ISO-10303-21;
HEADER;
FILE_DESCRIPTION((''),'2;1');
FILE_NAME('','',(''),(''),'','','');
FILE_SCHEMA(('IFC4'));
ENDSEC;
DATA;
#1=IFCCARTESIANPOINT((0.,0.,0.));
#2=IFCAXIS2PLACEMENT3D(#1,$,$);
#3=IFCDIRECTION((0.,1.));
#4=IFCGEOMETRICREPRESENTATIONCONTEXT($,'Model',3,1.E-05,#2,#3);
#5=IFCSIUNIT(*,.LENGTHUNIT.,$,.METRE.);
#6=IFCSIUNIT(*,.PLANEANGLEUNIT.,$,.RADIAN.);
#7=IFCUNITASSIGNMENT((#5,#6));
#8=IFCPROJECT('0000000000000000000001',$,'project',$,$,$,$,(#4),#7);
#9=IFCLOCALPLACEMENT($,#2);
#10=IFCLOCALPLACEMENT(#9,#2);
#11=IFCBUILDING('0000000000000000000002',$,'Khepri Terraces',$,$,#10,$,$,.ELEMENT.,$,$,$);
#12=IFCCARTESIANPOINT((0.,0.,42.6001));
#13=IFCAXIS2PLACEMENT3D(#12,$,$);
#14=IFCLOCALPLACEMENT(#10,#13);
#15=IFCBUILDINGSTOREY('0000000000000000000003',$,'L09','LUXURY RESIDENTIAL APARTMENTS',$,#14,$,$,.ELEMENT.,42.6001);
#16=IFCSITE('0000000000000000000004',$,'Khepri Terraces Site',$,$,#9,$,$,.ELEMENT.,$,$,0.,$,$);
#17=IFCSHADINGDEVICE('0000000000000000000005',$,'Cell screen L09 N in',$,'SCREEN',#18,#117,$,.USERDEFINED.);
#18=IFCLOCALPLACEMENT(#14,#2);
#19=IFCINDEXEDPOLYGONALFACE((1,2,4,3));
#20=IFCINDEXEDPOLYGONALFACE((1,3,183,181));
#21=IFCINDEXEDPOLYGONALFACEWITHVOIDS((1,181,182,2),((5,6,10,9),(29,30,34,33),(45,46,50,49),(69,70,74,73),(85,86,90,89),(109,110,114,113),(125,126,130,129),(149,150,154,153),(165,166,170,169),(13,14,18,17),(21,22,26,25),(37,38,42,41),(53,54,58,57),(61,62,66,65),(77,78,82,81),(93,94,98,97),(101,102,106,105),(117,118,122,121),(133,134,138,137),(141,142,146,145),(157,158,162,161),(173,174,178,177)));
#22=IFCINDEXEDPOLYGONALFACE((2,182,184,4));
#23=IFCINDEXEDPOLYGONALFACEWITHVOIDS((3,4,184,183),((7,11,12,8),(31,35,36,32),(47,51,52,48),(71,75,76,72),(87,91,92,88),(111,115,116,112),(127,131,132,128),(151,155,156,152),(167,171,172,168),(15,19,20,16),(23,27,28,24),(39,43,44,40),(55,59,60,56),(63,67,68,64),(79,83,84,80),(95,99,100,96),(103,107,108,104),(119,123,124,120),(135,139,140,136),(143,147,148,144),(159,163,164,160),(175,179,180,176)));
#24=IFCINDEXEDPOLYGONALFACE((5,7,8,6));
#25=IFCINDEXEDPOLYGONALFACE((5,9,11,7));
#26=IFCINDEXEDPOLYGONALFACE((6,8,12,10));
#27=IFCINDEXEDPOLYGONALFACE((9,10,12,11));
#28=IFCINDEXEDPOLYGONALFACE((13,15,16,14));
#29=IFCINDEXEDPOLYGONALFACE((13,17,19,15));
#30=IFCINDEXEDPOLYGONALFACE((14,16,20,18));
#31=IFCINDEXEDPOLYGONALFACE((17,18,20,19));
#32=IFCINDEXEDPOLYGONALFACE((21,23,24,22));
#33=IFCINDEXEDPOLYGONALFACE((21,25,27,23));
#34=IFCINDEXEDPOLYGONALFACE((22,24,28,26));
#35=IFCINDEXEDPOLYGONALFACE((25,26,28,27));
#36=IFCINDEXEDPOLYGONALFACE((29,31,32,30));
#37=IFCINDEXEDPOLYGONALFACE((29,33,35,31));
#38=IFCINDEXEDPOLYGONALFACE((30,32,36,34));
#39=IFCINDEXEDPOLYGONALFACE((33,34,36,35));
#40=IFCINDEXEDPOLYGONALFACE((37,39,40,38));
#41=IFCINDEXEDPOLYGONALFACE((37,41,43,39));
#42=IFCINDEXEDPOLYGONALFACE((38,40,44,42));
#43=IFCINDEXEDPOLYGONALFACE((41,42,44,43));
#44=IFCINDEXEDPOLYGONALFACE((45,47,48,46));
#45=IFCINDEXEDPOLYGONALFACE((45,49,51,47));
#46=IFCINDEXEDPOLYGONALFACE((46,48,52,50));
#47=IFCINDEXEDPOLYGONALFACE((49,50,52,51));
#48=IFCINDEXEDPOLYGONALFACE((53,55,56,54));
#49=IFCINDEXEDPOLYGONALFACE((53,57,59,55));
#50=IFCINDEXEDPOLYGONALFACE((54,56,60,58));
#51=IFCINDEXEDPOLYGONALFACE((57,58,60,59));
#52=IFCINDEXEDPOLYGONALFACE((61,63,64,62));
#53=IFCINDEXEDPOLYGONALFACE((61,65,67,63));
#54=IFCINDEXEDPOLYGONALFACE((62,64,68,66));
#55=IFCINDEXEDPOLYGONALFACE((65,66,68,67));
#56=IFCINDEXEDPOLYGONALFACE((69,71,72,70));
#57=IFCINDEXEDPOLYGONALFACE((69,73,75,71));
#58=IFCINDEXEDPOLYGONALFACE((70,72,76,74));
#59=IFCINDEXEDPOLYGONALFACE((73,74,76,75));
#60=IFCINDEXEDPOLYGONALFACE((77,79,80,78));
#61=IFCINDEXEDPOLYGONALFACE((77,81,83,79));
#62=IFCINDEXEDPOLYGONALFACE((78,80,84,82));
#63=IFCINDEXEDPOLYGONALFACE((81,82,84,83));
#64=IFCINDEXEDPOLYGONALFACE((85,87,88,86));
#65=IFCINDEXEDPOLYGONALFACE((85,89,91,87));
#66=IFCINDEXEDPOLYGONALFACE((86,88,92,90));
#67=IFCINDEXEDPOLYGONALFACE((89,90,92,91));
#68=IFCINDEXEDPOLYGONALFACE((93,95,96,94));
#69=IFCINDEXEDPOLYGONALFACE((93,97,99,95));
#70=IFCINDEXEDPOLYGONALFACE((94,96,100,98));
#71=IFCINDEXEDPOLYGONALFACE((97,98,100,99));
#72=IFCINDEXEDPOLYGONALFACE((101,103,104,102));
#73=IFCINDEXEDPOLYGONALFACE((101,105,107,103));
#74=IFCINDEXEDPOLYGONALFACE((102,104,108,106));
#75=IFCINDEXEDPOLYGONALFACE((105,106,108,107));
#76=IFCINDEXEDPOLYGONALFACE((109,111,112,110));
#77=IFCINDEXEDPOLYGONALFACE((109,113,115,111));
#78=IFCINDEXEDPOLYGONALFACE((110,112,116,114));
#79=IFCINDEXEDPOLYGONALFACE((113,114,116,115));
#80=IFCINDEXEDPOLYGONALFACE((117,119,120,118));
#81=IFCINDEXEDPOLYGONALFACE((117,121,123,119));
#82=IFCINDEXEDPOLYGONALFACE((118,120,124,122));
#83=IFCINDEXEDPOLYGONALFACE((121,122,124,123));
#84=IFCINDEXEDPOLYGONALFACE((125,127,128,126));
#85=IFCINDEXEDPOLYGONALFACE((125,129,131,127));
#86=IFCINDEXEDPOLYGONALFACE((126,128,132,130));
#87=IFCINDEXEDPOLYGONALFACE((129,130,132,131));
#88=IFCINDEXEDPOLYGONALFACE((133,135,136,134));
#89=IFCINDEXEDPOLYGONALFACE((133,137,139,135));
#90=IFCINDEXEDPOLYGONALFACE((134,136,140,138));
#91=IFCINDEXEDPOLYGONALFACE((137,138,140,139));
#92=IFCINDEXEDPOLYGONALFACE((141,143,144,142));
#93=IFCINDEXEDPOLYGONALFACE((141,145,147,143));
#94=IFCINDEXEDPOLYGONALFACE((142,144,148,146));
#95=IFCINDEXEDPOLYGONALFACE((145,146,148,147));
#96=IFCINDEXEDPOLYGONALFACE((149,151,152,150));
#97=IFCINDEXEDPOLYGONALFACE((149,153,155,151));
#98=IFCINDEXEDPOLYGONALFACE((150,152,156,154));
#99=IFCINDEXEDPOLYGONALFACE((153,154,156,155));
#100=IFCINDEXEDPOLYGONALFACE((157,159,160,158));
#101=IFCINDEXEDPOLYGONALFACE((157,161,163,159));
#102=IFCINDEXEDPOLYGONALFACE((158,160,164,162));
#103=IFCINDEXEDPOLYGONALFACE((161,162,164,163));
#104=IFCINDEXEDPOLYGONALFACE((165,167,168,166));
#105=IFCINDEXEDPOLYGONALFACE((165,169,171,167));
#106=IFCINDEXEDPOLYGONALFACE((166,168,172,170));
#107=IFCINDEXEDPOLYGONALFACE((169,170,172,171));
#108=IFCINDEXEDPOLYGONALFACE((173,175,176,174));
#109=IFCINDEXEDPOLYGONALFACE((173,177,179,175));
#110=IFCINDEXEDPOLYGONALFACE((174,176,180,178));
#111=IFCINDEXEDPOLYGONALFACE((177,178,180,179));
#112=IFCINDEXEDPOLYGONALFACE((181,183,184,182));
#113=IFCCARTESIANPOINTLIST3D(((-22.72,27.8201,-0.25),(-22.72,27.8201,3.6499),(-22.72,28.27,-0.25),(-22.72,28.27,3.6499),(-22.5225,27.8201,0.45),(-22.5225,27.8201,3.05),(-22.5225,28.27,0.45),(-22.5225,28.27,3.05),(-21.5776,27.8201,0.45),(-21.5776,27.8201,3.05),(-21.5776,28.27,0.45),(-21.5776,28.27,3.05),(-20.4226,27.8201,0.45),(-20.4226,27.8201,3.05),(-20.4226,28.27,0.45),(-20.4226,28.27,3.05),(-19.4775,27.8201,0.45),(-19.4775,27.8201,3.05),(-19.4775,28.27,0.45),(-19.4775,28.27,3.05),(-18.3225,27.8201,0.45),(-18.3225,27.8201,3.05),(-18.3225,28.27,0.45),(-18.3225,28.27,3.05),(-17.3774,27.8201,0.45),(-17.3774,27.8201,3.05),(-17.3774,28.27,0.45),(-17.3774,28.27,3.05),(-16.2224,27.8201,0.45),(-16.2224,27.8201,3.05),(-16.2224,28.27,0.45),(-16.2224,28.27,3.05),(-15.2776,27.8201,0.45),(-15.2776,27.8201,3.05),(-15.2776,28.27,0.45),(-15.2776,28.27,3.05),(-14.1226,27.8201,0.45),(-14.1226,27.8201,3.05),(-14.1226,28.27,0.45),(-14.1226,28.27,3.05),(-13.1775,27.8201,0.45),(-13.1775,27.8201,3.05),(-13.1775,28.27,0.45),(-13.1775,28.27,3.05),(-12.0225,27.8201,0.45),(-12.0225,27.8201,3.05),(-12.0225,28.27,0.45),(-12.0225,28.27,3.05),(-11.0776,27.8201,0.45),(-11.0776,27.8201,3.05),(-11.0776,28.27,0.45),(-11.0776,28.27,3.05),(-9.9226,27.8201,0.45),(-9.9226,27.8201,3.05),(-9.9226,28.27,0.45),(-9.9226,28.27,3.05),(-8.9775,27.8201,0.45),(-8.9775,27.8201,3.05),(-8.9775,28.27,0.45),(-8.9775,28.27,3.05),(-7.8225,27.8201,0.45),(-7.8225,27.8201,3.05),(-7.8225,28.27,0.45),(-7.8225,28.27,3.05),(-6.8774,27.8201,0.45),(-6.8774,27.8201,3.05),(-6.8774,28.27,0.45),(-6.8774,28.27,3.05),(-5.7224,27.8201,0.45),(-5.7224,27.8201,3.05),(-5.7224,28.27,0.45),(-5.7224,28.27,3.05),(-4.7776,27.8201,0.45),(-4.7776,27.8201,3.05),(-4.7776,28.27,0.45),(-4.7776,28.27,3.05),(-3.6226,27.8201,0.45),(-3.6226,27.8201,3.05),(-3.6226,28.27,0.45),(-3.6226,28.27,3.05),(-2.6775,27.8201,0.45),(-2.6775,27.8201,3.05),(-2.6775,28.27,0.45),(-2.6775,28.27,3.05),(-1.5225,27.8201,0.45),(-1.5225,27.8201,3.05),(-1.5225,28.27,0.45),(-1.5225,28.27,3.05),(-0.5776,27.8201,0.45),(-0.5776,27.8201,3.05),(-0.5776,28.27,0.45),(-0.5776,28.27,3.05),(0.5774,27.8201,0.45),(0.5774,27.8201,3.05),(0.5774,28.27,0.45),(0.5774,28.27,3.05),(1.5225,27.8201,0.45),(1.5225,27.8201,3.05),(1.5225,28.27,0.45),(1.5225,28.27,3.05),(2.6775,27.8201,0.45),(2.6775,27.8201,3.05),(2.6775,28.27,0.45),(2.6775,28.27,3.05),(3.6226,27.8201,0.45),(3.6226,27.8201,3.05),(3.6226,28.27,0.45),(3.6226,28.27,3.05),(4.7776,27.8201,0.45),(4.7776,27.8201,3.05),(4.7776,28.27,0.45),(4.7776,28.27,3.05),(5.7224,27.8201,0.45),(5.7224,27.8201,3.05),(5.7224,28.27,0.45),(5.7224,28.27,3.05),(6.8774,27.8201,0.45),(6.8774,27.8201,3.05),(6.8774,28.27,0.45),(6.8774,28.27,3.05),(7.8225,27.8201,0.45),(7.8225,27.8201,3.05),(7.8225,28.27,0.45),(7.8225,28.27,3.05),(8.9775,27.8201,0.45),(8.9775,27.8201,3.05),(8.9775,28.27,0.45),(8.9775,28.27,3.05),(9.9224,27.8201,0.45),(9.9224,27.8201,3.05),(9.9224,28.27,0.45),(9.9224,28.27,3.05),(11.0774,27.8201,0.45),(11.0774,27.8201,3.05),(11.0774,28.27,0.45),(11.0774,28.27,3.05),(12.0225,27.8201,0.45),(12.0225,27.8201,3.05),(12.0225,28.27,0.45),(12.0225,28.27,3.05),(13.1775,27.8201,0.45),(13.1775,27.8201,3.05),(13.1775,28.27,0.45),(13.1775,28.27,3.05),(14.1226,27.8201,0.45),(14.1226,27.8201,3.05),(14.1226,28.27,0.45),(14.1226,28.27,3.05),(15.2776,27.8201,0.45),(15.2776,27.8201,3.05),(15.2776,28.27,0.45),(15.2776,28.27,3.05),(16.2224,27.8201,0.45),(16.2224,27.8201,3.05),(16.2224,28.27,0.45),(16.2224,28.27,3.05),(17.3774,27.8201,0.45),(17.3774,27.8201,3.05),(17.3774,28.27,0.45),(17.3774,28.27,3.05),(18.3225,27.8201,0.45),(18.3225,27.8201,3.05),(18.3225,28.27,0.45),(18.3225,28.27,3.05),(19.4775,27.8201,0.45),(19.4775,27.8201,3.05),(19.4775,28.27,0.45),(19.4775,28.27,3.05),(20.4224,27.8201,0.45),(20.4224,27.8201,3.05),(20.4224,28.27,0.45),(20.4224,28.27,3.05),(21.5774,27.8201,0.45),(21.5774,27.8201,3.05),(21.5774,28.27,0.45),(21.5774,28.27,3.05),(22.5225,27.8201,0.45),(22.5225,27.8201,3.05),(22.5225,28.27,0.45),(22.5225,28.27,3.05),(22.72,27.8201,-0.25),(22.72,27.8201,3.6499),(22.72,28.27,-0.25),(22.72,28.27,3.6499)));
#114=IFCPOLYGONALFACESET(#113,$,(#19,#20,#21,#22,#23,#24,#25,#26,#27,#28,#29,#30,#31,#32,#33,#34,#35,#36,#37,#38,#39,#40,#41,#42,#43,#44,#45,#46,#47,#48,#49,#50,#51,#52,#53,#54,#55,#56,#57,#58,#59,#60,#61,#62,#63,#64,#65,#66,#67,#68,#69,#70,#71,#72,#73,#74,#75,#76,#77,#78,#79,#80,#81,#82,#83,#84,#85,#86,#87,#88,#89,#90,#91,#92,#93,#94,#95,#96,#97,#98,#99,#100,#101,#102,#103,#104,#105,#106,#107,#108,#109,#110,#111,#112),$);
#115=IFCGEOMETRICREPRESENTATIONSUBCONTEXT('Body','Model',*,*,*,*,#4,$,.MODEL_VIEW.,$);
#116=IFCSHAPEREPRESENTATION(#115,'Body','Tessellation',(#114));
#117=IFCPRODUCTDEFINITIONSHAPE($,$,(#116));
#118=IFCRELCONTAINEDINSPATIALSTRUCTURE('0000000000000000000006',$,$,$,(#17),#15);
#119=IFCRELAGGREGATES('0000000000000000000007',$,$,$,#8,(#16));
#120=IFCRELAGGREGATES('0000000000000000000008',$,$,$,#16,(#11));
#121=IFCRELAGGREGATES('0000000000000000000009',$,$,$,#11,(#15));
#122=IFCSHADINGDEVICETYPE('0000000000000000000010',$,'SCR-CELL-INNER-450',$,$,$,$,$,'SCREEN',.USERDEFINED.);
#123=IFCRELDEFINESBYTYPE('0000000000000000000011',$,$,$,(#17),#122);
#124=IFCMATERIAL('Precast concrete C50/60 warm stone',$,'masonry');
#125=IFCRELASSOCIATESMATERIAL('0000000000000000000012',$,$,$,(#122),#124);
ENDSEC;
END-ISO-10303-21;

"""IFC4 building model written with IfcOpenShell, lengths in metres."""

from ifc_helpers import new_model, si_unit, direction, frame, origin, place, context, subcontext, project, spatial, polyline, outline, extrude, material, type_object, element, save


model = new_model("IFC4")

# Units and contexts
model_context = context("Model", 3, precision=1e-05, world=origin(), true_north=direction((0.0, 1.0)))
body_context = subcontext(model_context, "Body", "Model", "MODEL_VIEW")
ifc_project = project(units=[si_unit("LENGTHUNIT", "METRE"), si_unit("PLANEANGLEUNIT", "RADIAN")], contexts=[model_context])

# Site, building, storey
site_placement = place(None, origin())
site = spatial("IfcSite", under=ifc_project, at=site_placement, Name="Khepri Terraces Site", CompositionType="ELEMENT", RefElevation=0.0)
building_placement = place(site_placement, origin())
building = spatial("IfcBuilding", under=site, at=building_placement, Name="Khepri Terraces", CompositionType="ELEMENT")
storey_placement = place(building_placement, frame((0.0, 0.0, 42.6001)))
storey = spatial("IfcBuildingStorey", under=building, at=storey_placement, Name="L09", Description="LUXURY RESIDENTIAL APARTMENTS", CompositionType="ELEMENT", Elevation=42.6001)

# Shared definitions
ifc_material_1 = material(Name="Precast concrete C50/60 warm stone", Category="masonry")

# Shading device
shading_device_type_1 = type_object("IfcShadingDeviceType", Name="SCR-CELL-INNER-450", ElementType="SCREEN", PredefinedType="USERDEFINED", material=ifc_material_1)
shading_device_1_placement = place(storey_placement, frame((22.72, 27.8201, -0.25), z_axis=(0.0, 1.0, 0.0), x_axis=(-1.0, 0.0, 0.0)))
element("IfcShadingDevice", 1, at=shading_device_1_placement, inside=storey, type_object=shading_device_type_1, Name="Cell screen L09 N in", ObjectType="SCREEN", PredefinedType="USERDEFINED", context=body_context, shape_type="SweptSolid", body=[
    extrude(outline(polyline([(0.0, 0.0), (45.4399, 0.0), (45.4399, 3.8999), (0.0, 3.8999), (0.0, 0.0)]), holes=[polyline([(0.1975, 0.7), (1.1426, 0.7), (1.1426, 3.3), (0.1975, 3.3), (0.1975, 0.7)]), polyline([(2.2976, 0.7), (3.2424, 0.7), (3.2424, 3.3), (2.2976, 3.3), (2.2976, 0.7)]), polyline([(4.3975, 0.7), (5.3425, 0.7), (5.3425, 3.3), (4.3975, 3.3), (4.3975, 0.7)]), polyline([(6.4976, 0.7), (7.4424, 0.7), (7.4424, 3.3), (6.4976, 3.3), (6.4976, 0.7)]), polyline([(8.5974, 0.7), (9.5425, 0.7), (9.5425, 3.3), (8.5974, 3.3), (8.5974, 0.7)]), polyline([(10.6975, 0.7), (11.6426, 0.7), (11.6426, 3.3), (10.6975, 3.3), (10.6975, 0.7)]), polyline([(12.7976, 0.7), (13.7424, 0.7), (13.7424, 3.3), (12.7976, 3.3), (12.7976, 0.7)]), polyline([(14.8975, 0.7), (15.8425, 0.7), (15.8425, 3.3), (14.8975, 3.3), (14.8975, 0.7)]), polyline([(16.9976, 0.7), (17.9424, 0.7), (17.9424, 3.3), (16.9976, 3.3), (16.9976, 0.7)]), polyline([(19.0974, 0.7), (20.0425, 0.7), (20.0425, 3.3), (19.0974, 3.3), (19.0974, 0.7)]), polyline([(21.1975, 0.7), (22.1426, 0.7), (22.1426, 3.3), (21.1975, 3.3), (21.1975, 0.7)]), polyline([(23.2976, 0.7), (24.2424, 0.7), (24.2424, 3.3), (23.2976, 3.3), (23.2976, 0.7)]), polyline([(25.3975, 0.7), (26.3425, 0.7), (26.3425, 3.3), (25.3975, 3.3), (25.3975, 0.7)]), polyline([(27.4976, 0.7), (28.4424, 0.7), (28.4424, 3.3), (27.4976, 3.3), (27.4976, 0.7)]), polyline([(29.5974, 0.7), (30.5425, 0.7), (30.5425, 3.3), (29.5974, 3.3), (29.5974, 0.7)]), polyline([(31.6975, 0.7), (32.6426, 0.7), (32.6426, 3.3), (31.6975, 3.3), (31.6975, 0.7)]), polyline([(33.7976, 0.7), (34.7424, 0.7), (34.7424, 3.3), (33.7976, 3.3), (33.7976, 0.7)]), polyline([(35.8975, 0.7), (36.8425, 0.7), (36.8425, 3.3), (35.8975, 3.3), (35.8975, 0.7)]), polyline([(37.9976, 0.7), (38.9424, 0.7), (38.9424, 3.3), (37.9976, 3.3), (37.9976, 0.7)]), polyline([(40.0974, 0.7), (41.0425, 0.7), (41.0425, 3.3), (40.0974, 3.3), (40.0974, 0.7)]), polyline([(42.1975, 0.7), (43.1426, 0.7), (43.1426, 3.3), (42.1975, 3.3), (42.1975, 0.7)]), polyline([(44.2976, 0.7), (45.2424, 0.7), (45.2424, 3.3), (44.2976, 3.3), (44.2976, 0.7)])]), origin(), (0.0, 0.0, 1.0), 0.45),
])

save(model, "model.ifc")
